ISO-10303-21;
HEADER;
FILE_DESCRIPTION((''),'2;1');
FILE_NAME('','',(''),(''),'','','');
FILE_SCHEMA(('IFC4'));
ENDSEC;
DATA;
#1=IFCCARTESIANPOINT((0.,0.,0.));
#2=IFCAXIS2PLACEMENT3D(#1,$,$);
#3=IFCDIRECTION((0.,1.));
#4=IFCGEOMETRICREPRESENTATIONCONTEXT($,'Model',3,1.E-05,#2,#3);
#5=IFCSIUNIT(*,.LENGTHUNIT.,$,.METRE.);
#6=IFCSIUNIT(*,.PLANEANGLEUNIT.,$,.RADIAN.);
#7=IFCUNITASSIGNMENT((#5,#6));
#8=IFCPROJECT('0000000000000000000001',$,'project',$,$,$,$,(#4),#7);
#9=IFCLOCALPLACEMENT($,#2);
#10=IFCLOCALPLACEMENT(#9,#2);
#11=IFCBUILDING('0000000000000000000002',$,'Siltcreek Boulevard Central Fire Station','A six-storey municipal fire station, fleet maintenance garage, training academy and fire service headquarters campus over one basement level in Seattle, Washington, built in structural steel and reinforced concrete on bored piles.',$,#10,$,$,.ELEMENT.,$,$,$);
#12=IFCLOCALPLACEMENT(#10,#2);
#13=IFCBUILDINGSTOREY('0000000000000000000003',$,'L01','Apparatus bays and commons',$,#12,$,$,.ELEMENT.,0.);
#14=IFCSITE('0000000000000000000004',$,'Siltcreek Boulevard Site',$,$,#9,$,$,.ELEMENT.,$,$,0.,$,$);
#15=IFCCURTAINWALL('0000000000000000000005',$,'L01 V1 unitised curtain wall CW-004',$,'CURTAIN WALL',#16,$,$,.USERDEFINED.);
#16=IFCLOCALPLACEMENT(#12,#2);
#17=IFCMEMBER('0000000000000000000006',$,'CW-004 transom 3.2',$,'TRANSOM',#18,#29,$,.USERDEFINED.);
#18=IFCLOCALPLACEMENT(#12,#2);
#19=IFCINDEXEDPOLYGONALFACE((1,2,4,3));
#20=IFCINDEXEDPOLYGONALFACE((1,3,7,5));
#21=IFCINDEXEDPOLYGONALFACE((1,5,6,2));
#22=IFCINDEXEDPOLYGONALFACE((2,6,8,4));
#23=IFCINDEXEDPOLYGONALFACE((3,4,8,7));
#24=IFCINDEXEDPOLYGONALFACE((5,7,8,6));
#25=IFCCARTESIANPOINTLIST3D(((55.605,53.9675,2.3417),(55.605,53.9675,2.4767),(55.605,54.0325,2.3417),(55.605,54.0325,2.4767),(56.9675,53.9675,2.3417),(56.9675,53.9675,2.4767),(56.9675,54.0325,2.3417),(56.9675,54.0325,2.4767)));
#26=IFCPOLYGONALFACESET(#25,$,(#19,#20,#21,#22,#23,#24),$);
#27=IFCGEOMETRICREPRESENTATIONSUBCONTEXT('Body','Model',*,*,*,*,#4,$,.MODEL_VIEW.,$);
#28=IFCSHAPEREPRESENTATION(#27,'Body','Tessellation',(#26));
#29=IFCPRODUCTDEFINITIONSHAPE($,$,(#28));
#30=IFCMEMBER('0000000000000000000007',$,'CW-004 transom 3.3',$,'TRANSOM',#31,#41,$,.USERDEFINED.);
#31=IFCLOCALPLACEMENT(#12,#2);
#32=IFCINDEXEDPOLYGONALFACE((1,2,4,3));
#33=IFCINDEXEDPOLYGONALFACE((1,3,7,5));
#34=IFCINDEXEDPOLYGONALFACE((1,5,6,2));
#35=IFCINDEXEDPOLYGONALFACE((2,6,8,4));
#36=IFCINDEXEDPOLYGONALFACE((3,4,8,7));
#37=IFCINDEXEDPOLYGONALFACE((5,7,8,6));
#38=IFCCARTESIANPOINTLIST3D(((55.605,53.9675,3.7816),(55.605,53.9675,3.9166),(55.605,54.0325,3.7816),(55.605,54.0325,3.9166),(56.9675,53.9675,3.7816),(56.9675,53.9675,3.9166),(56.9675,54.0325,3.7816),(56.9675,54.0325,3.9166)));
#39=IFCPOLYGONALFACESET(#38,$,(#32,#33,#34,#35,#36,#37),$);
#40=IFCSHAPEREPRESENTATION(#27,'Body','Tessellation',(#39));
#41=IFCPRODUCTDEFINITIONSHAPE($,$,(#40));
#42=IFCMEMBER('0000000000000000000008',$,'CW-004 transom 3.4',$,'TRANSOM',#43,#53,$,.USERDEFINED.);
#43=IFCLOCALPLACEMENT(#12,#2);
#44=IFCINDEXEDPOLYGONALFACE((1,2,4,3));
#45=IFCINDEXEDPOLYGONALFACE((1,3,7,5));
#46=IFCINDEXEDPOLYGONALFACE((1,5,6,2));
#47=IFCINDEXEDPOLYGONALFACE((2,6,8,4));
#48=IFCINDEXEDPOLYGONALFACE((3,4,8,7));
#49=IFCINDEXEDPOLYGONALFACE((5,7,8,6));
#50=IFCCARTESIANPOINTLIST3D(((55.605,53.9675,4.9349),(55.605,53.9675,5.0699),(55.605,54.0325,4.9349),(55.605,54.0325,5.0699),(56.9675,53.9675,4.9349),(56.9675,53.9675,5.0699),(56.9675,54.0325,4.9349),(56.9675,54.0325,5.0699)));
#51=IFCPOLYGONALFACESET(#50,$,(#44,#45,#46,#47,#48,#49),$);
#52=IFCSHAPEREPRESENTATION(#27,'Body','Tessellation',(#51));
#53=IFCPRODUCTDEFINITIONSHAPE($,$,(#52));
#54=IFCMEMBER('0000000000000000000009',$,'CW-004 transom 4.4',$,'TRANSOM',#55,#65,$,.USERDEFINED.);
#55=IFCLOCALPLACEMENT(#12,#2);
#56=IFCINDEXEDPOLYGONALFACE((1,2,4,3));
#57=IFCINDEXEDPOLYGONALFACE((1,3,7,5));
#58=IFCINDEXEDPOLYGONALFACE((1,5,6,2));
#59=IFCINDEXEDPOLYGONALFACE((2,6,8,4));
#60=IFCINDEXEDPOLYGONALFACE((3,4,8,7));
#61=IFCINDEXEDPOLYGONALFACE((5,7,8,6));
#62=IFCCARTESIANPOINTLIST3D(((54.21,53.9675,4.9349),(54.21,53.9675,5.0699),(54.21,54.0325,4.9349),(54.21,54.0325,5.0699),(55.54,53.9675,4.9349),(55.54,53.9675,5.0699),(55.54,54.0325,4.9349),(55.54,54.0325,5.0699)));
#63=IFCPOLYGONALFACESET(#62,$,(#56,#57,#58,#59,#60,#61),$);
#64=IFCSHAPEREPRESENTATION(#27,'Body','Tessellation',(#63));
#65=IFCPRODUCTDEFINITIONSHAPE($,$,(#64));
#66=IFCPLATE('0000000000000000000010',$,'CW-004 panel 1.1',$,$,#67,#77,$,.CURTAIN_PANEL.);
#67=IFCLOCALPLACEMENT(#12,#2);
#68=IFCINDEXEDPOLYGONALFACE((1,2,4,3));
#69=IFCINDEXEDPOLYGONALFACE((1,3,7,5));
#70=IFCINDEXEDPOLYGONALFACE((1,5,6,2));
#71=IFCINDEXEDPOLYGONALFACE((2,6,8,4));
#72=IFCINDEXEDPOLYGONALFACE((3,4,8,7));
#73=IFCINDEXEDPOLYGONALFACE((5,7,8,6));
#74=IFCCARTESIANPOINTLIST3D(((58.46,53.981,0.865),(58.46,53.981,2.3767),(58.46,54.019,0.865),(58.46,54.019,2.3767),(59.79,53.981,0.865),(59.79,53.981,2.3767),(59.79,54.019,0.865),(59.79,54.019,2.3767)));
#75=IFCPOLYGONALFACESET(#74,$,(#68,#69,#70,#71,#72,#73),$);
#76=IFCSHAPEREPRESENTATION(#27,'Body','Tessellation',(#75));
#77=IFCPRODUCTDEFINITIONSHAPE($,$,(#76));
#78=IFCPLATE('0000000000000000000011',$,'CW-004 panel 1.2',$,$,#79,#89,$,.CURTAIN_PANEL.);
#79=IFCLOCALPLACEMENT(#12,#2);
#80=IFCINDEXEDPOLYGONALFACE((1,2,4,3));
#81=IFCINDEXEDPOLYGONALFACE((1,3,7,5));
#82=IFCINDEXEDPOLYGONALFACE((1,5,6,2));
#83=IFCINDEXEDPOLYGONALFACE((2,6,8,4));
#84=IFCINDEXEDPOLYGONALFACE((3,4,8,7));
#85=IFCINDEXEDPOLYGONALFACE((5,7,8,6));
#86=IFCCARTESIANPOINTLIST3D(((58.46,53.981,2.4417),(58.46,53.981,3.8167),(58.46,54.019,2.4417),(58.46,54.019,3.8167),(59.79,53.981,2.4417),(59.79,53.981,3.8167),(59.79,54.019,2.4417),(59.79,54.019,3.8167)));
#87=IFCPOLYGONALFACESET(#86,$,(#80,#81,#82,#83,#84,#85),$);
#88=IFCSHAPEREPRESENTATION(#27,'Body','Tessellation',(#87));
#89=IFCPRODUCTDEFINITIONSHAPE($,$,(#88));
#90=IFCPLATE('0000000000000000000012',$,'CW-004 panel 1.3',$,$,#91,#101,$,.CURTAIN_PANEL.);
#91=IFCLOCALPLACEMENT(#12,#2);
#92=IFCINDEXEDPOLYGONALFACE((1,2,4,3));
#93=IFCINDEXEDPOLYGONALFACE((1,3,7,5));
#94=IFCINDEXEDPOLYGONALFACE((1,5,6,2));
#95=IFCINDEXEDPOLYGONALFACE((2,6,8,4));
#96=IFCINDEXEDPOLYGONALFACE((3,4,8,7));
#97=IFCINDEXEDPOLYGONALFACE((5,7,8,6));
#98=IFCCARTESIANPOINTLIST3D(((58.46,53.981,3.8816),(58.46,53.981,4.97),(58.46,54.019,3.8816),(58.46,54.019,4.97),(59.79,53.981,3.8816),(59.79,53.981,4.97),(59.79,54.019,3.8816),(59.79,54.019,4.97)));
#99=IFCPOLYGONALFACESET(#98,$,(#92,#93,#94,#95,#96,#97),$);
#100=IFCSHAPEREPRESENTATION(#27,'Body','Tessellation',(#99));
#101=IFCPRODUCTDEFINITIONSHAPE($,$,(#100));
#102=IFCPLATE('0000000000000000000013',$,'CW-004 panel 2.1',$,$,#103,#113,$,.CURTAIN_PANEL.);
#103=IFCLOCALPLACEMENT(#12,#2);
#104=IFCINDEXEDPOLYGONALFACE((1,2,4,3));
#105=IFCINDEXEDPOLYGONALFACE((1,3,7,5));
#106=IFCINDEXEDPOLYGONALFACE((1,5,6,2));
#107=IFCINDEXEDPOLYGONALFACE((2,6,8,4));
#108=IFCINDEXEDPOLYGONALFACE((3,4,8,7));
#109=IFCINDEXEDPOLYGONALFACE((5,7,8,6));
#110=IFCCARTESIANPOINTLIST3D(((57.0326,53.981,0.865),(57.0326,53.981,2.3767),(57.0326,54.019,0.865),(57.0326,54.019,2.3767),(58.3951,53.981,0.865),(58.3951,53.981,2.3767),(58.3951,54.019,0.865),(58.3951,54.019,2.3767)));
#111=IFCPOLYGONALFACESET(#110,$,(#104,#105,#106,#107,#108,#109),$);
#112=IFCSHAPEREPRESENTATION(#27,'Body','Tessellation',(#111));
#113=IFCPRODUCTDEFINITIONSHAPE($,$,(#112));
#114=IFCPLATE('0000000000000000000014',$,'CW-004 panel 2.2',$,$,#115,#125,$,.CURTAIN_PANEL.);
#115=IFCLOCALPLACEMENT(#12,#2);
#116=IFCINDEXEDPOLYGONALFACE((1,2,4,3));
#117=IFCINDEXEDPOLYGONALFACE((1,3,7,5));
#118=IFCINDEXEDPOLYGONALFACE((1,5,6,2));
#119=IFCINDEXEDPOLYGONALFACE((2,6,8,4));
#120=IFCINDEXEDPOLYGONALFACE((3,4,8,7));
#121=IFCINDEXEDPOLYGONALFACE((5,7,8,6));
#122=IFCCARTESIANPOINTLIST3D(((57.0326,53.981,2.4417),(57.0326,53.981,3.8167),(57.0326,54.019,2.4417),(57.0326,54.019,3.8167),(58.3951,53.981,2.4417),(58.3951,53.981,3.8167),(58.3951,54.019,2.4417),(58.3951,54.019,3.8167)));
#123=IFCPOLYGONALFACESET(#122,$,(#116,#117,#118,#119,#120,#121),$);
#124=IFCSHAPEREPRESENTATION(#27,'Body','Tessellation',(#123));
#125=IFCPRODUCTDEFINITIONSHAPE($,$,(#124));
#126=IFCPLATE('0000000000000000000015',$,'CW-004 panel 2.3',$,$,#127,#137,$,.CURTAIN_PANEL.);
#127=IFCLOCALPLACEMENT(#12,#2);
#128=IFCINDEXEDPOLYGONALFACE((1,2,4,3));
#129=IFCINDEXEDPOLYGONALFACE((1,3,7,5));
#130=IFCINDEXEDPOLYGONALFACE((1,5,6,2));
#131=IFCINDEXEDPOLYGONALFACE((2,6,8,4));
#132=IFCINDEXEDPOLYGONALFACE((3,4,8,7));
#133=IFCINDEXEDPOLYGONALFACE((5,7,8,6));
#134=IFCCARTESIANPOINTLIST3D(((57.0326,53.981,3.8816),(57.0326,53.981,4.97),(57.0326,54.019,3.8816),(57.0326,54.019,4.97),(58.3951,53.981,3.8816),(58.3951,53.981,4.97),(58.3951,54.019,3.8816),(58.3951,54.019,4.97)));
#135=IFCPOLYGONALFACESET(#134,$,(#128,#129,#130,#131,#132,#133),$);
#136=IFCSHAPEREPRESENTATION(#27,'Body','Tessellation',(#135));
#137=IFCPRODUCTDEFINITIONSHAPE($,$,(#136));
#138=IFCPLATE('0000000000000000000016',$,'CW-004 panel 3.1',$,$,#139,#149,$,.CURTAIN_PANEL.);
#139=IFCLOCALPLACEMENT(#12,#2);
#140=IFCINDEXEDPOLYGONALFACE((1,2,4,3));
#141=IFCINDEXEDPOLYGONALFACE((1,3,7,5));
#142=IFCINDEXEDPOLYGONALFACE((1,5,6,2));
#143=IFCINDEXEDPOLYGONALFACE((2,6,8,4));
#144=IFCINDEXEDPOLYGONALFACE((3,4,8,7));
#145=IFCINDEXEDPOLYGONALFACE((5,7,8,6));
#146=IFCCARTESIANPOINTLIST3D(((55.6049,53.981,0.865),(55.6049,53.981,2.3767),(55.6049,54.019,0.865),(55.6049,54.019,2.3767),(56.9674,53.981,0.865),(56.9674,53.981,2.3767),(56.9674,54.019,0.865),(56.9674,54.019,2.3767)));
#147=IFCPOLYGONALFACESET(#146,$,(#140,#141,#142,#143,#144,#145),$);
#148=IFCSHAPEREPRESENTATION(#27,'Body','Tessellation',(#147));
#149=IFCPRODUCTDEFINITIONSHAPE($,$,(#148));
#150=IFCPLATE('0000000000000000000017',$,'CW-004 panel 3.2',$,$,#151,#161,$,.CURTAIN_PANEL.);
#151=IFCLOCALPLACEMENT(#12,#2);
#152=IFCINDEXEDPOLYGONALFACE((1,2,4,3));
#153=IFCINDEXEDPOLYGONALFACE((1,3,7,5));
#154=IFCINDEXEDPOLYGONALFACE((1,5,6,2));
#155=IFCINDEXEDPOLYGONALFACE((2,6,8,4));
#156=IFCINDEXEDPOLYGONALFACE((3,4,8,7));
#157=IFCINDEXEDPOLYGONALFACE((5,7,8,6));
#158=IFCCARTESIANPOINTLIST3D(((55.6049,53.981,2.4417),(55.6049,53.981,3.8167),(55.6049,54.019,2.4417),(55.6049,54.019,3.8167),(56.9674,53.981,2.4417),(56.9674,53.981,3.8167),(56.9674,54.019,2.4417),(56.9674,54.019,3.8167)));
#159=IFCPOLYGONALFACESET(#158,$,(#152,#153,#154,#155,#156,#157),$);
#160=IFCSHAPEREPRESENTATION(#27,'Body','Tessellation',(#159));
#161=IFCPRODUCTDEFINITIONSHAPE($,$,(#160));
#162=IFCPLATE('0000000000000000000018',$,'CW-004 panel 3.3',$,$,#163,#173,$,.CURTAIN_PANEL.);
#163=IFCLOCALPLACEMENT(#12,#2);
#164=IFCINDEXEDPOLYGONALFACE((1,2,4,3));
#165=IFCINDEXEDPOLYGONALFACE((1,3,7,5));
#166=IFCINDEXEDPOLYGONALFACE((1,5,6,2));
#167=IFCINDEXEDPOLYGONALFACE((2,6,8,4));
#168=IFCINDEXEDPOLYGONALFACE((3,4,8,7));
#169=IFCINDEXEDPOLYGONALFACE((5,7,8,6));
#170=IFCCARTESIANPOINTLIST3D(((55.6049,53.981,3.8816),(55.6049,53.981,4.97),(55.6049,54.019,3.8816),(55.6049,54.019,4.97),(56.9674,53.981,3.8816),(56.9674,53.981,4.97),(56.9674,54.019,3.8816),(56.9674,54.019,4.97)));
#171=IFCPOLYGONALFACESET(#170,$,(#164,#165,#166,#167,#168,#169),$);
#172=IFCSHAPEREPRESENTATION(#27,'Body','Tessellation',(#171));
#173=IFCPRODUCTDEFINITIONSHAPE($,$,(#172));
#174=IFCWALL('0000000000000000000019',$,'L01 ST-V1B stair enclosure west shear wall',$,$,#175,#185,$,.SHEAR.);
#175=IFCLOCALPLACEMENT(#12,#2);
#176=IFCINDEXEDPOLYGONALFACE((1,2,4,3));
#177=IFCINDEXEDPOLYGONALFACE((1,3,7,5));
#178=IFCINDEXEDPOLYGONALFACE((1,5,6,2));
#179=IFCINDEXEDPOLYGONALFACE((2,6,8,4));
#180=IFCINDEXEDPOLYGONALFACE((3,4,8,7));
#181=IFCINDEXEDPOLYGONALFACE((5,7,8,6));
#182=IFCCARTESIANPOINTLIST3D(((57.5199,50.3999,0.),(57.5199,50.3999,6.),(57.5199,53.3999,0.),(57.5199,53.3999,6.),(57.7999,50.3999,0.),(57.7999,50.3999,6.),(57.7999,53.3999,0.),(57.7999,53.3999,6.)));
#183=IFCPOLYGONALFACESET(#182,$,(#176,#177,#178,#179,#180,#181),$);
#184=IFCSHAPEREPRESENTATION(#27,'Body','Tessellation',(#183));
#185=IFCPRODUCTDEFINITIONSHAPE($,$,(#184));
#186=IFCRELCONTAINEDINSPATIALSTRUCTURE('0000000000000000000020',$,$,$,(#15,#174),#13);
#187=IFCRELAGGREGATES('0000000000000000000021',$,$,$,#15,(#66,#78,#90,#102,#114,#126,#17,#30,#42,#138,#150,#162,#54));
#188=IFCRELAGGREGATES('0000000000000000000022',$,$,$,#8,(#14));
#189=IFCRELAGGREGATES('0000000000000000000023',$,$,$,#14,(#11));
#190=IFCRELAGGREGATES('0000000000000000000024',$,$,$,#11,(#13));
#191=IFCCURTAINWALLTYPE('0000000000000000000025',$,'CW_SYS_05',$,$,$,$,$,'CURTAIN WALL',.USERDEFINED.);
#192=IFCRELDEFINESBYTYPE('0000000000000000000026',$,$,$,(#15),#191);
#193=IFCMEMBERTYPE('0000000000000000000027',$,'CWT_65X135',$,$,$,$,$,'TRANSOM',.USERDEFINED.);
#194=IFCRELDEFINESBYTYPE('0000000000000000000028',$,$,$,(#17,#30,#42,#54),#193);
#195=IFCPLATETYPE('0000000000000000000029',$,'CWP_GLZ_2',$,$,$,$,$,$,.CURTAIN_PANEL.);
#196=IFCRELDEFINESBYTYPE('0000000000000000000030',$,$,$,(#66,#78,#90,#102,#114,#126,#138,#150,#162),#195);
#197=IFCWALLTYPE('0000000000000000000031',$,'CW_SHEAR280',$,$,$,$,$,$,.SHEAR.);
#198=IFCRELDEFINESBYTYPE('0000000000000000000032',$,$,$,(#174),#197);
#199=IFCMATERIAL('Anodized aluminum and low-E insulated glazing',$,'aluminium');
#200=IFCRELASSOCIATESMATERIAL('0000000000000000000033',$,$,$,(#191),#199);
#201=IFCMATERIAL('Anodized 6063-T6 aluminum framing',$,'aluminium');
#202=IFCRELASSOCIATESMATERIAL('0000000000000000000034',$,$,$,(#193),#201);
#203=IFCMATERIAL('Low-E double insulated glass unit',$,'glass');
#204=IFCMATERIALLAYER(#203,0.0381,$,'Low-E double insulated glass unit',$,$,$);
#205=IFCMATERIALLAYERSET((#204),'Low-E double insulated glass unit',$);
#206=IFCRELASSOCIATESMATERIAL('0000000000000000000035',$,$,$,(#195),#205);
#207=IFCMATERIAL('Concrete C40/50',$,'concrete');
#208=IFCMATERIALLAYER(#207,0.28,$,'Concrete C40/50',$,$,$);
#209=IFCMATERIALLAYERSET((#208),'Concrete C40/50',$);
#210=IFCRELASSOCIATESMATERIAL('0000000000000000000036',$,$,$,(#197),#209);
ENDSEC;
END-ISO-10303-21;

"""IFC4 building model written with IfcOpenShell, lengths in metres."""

from ifc_helpers import new_model, si_unit, direction, frame, frame_2d, origin, origin_2d, place, context, subcontext, project, spatial, rectangle, extrude, material, layer, layer_set, material_profile, profile_set, type_object, element, aggregate, save


model = new_model("IFC4")

# Units and contexts
model_context = context("Model", 3, precision=1e-05, world=origin(), true_north=direction((0.0, 1.0)))
body_context = subcontext(model_context, "Body", "Model", "MODEL_VIEW")
ifc_project = project(units=[si_unit("LENGTHUNIT", "METRE"), si_unit("PLANEANGLEUNIT", "RADIAN")], contexts=[model_context])

# Site, building, storey
site_placement = place(None, origin())
site = spatial("IfcSite", under=ifc_project, at=site_placement, Name="Siltcreek Boulevard Site", CompositionType="ELEMENT", RefElevation=0.0)
building_placement = place(site_placement, origin())
building = spatial("IfcBuilding", under=site, at=building_placement, Name="Siltcreek Boulevard Central Fire Station", Description="A six-storey municipal fire station, fleet maintenance garage, training academy and fire service headquarters campus over one basement level in Seattle, Washington, built in structural steel and reinforced concrete on bored piles.", CompositionType="ELEMENT")
storey_placement = place(building_placement, origin())
storey = spatial("IfcBuildingStorey", under=building, at=storey_placement, Name="L01", Description="Apparatus bays and commons", CompositionType="ELEMENT", Elevation=0.0)

# Curtain wall, members, plates
ifc_material_1 = material(Name="Anodized aluminum and low-E insulated glazing", Category="aluminium")
curtain_wall_type = type_object("IfcCurtainWallType", Name="CW_SYS_05", ElementType="CURTAIN WALL", PredefinedType="USERDEFINED", material=ifc_material_1)
curtain_wall_placement = place(storey_placement, origin())
curtain_wall = element("IfcCurtainWall", 1, at=curtain_wall_placement, inside=storey, type_object=curtain_wall_type, Name="L01 V1 unitised curtain wall CW-004", ObjectType="CURTAIN WALL", PredefinedType="USERDEFINED")
ifc_material_2 = material(Name="Anodized 6063-T6 aluminum framing", Category="aluminium")
ifc_material_profile_1 = material_profile(ifc_material_2, rectangle(XDim=0.0649, YDim=0.135, at=origin_2d()), Name="TRAN65X135")
ifc_profile_set_1 = profile_set([ifc_material_profile_1], Name="Anodized 6063-T6 aluminum framing")
member_type_1 = type_object("IfcMemberType", Name="CWT_65X135", ElementType="TRANSOM", PredefinedType="USERDEFINED", material=ifc_profile_set_1)
member_1_placement = place(storey_placement, frame((56.9675, 54.0, 2.4092), z_axis=(-1.0, 0.0, 0.0), x_axis=(0.0, -1.0, 0.0)))
member_1 = element("IfcMember", 2, at=member_1_placement, type_object=member_type_1, Name="CW-004 transom 3.2", ObjectType="TRANSOM", PredefinedType="USERDEFINED", context=body_context, shape_type="SweptSolid", body=[
    extrude(rectangle(XDim=0.0649, YDim=0.135, at=origin_2d()), origin(), (0.0, 0.0, 1.0), 1.3625),
])
member_2_placement = place(storey_placement, frame((56.9675, 54.0, 3.8491), z_axis=(-1.0, 0.0, 0.0), x_axis=(0.0, -1.0, 0.0)))
member_2 = element("IfcMember", 3, at=member_2_placement, type_object=member_type_1, Name="CW-004 transom 3.3", ObjectType="TRANSOM", PredefinedType="USERDEFINED", context=body_context, shape_type="SweptSolid", body=[
    extrude(rectangle(XDim=0.0649, YDim=0.135, at=origin_2d()), origin(), (0.0, 0.0, 1.0), 1.3625),
])
member_3_placement = place(storey_placement, frame((56.9675, 54.0, 5.0024), z_axis=(-1.0, 0.0, 0.0), x_axis=(0.0, -1.0, 0.0)))
member_3 = element("IfcMember", 4, at=member_3_placement, type_object=member_type_1, Name="CW-004 transom 3.4", ObjectType="TRANSOM", PredefinedType="USERDEFINED", context=body_context, shape_type="SweptSolid", body=[
    extrude(rectangle(XDim=0.0649, YDim=0.135, at=origin_2d()), origin(), (0.0, 0.0, 1.0), 1.3625),
])
member_4_placement = place(storey_placement, frame((55.54, 54.0, 5.0024), z_axis=(-1.0, 0.0, 0.0), x_axis=(0.0, -1.0, 0.0)))
member_4 = element("IfcMember", 5, at=member_4_placement, type_object=member_type_1, Name="CW-004 transom 4.4", ObjectType="TRANSOM", PredefinedType="USERDEFINED", context=body_context, shape_type="SweptSolid", body=[
    extrude(rectangle(XDim=0.0649, YDim=0.135, at=origin_2d()), origin(), (0.0, 0.0, 1.0), 1.3301),
])
ifc_material_3 = material(Name="Low-E double insulated glass unit", Category="glass")
ifc_layer_1 = layer(ifc_material_3, 0.0381, Name="Low-E double insulated glass unit")
ifc_layer_set_1 = layer_set([ifc_layer_1], Name="Low-E double insulated glass unit")
plate_type = type_object("IfcPlateType", Name="CWP_GLZ_2", PredefinedType="CURTAIN_PANEL", material=ifc_layer_set_1)
plate_1_placement = place(storey_placement, frame((59.125, 54.0, 0.865), z_axis=(0.0, 0.0, 1.0), x_axis=(-1.0, 0.0, 0.0)))
plate_1 = element("IfcPlate", 6, at=plate_1_placement, type_object=plate_type, Name="CW-004 panel 1.1", PredefinedType="CURTAIN_PANEL", context=body_context, shape_type="SweptSolid", body=[
    extrude(rectangle(XDim=1.3301, YDim=0.0381, at=origin_2d()), origin(), (0.0, 0.0, 1.0), 1.5117),
])
plate_2_placement = place(storey_placement, frame((59.125, 54.0, 2.4417), z_axis=(0.0, 0.0, 1.0), x_axis=(-1.0, 0.0, 0.0)))
plate_2 = element("IfcPlate", 7, at=plate_2_placement, type_object=plate_type, Name="CW-004 panel 1.2", PredefinedType="CURTAIN_PANEL", context=body_context, shape_type="SweptSolid", body=[
    extrude(rectangle(XDim=1.3301, YDim=0.0381, at=origin_2d()), origin(), (0.0, 0.0, 1.0), 1.375),
])
plate_3_placement = place(storey_placement, frame((59.125, 54.0, 3.8816), z_axis=(0.0, 0.0, 1.0), x_axis=(-1.0, 0.0, 0.0)))
plate_3 = element("IfcPlate", 8, at=plate_3_placement, type_object=plate_type, Name="CW-004 panel 1.3", PredefinedType="CURTAIN_PANEL", context=body_context, shape_type="SweptSolid", body=[
    extrude(rectangle(XDim=1.3301, YDim=0.0381, at=origin_2d()), origin(), (0.0, 0.0, 1.0), 1.0884),
])
plate_4_placement = place(storey_placement, frame((57.7139, 54.0, 0.865), z_axis=(0.0, 0.0, 1.0), x_axis=(-1.0, 0.0, 0.0)))
plate_4 = element("IfcPlate", 9, at=plate_4_placement, type_object=plate_type, Name="CW-004 panel 2.1", PredefinedType="CURTAIN_PANEL", context=body_context, shape_type="SweptSolid", body=[
    extrude(rectangle(XDim=1.3625, YDim=0.0381, at=origin_2d()), origin(), (0.0, 0.0, 1.0), 1.5117),
])
plate_5_placement = place(storey_placement, frame((57.7139, 54.0, 2.4417), z_axis=(0.0, 0.0, 1.0), x_axis=(-1.0, 0.0, 0.0)))
plate_5 = element("IfcPlate", 10, at=plate_5_placement, type_object=plate_type, Name="CW-004 panel 2.2", PredefinedType="CURTAIN_PANEL", context=body_context, shape_type="SweptSolid", body=[
    extrude(rectangle(XDim=1.3625, YDim=0.0381, at=origin_2d()), origin(), (0.0, 0.0, 1.0), 1.375),
])
plate_6_placement = place(storey_placement, frame((57.7139, 54.0, 3.8816), z_axis=(0.0, 0.0, 1.0), x_axis=(-1.0, 0.0, 0.0)))
plate_6 = element("IfcPlate", 11, at=plate_6_placement, type_object=plate_type, Name="CW-004 panel 2.3", PredefinedType="CURTAIN_PANEL", context=body_context, shape_type="SweptSolid", body=[
    extrude(rectangle(XDim=1.3625, YDim=0.0381, at=origin_2d()), origin(), (0.0, 0.0, 1.0), 1.0884),
])
plate_7_placement = place(storey_placement, frame((56.2861, 54.0, 0.865), z_axis=(0.0, 0.0, 1.0), x_axis=(-1.0, 0.0, 0.0)))
plate_7 = element("IfcPlate", 12, at=plate_7_placement, type_object=plate_type, Name="CW-004 panel 3.1", PredefinedType="CURTAIN_PANEL", context=body_context, shape_type="SweptSolid", body=[
    extrude(rectangle(XDim=1.3625, YDim=0.0381, at=origin_2d()), origin(), (0.0, 0.0, 1.0), 1.5117),
])
plate_8_placement = place(storey_placement, frame((56.2861, 54.0, 2.4417), z_axis=(0.0, 0.0, 1.0), x_axis=(-1.0, 0.0, 0.0)))
plate_8 = element("IfcPlate", 13, at=plate_8_placement, type_object=plate_type, Name="CW-004 panel 3.2", PredefinedType="CURTAIN_PANEL", context=body_context, shape_type="SweptSolid", body=[
    extrude(rectangle(XDim=1.3625, YDim=0.0381, at=origin_2d()), origin(), (0.0, 0.0, 1.0), 1.375),
])
plate_9_placement = place(storey_placement, frame((56.2861, 54.0, 3.8816), z_axis=(0.0, 0.0, 1.0), x_axis=(-1.0, 0.0, 0.0)))
plate_9 = element("IfcPlate", 14, at=plate_9_placement, type_object=plate_type, Name="CW-004 panel 3.3", PredefinedType="CURTAIN_PANEL", context=body_context, shape_type="SweptSolid", body=[
    extrude(rectangle(XDim=1.3625, YDim=0.0381, at=origin_2d()), origin(), (0.0, 0.0, 1.0), 1.0884),
])
aggregate(curtain_wall, [plate_1, plate_2, plate_3, plate_4, plate_5, plate_6, member_1, member_2, member_3, plate_7, plate_8, plate_9, member_4])

# Wall
ifc_material_4 = material(Name="Concrete C40/50", Category="concrete")
ifc_layer_2 = layer(ifc_material_4, 0.28, Name="Concrete C40/50")
ifc_layer_set_2 = layer_set([ifc_layer_2], Name="Concrete C40/50")
wall_type = type_object("IfcWallType", Name="CW_SHEAR280", PredefinedType="SHEAR", material=ifc_layer_set_2)
wall_placement = place(storey_placement, frame((57.6599, 53.3999, 0.0), z_axis=(0.0, 0.0, 1.0), x_axis=(0.0, -1.0, 0.0)))
element("IfcWall", 15, at=wall_placement, inside=storey, type_object=wall_type, Name="L01 ST-V1B stair enclosure west shear wall", PredefinedType="SHEAR", context=body_context, shape_type="SweptSolid", body=[
    extrude(rectangle(XDim=3.0, YDim=0.28, at=frame_2d((1.5, 0.0))), origin(), (0.0, 0.0, 1.0), 6.0),
])

save(model, "model.ifc")
